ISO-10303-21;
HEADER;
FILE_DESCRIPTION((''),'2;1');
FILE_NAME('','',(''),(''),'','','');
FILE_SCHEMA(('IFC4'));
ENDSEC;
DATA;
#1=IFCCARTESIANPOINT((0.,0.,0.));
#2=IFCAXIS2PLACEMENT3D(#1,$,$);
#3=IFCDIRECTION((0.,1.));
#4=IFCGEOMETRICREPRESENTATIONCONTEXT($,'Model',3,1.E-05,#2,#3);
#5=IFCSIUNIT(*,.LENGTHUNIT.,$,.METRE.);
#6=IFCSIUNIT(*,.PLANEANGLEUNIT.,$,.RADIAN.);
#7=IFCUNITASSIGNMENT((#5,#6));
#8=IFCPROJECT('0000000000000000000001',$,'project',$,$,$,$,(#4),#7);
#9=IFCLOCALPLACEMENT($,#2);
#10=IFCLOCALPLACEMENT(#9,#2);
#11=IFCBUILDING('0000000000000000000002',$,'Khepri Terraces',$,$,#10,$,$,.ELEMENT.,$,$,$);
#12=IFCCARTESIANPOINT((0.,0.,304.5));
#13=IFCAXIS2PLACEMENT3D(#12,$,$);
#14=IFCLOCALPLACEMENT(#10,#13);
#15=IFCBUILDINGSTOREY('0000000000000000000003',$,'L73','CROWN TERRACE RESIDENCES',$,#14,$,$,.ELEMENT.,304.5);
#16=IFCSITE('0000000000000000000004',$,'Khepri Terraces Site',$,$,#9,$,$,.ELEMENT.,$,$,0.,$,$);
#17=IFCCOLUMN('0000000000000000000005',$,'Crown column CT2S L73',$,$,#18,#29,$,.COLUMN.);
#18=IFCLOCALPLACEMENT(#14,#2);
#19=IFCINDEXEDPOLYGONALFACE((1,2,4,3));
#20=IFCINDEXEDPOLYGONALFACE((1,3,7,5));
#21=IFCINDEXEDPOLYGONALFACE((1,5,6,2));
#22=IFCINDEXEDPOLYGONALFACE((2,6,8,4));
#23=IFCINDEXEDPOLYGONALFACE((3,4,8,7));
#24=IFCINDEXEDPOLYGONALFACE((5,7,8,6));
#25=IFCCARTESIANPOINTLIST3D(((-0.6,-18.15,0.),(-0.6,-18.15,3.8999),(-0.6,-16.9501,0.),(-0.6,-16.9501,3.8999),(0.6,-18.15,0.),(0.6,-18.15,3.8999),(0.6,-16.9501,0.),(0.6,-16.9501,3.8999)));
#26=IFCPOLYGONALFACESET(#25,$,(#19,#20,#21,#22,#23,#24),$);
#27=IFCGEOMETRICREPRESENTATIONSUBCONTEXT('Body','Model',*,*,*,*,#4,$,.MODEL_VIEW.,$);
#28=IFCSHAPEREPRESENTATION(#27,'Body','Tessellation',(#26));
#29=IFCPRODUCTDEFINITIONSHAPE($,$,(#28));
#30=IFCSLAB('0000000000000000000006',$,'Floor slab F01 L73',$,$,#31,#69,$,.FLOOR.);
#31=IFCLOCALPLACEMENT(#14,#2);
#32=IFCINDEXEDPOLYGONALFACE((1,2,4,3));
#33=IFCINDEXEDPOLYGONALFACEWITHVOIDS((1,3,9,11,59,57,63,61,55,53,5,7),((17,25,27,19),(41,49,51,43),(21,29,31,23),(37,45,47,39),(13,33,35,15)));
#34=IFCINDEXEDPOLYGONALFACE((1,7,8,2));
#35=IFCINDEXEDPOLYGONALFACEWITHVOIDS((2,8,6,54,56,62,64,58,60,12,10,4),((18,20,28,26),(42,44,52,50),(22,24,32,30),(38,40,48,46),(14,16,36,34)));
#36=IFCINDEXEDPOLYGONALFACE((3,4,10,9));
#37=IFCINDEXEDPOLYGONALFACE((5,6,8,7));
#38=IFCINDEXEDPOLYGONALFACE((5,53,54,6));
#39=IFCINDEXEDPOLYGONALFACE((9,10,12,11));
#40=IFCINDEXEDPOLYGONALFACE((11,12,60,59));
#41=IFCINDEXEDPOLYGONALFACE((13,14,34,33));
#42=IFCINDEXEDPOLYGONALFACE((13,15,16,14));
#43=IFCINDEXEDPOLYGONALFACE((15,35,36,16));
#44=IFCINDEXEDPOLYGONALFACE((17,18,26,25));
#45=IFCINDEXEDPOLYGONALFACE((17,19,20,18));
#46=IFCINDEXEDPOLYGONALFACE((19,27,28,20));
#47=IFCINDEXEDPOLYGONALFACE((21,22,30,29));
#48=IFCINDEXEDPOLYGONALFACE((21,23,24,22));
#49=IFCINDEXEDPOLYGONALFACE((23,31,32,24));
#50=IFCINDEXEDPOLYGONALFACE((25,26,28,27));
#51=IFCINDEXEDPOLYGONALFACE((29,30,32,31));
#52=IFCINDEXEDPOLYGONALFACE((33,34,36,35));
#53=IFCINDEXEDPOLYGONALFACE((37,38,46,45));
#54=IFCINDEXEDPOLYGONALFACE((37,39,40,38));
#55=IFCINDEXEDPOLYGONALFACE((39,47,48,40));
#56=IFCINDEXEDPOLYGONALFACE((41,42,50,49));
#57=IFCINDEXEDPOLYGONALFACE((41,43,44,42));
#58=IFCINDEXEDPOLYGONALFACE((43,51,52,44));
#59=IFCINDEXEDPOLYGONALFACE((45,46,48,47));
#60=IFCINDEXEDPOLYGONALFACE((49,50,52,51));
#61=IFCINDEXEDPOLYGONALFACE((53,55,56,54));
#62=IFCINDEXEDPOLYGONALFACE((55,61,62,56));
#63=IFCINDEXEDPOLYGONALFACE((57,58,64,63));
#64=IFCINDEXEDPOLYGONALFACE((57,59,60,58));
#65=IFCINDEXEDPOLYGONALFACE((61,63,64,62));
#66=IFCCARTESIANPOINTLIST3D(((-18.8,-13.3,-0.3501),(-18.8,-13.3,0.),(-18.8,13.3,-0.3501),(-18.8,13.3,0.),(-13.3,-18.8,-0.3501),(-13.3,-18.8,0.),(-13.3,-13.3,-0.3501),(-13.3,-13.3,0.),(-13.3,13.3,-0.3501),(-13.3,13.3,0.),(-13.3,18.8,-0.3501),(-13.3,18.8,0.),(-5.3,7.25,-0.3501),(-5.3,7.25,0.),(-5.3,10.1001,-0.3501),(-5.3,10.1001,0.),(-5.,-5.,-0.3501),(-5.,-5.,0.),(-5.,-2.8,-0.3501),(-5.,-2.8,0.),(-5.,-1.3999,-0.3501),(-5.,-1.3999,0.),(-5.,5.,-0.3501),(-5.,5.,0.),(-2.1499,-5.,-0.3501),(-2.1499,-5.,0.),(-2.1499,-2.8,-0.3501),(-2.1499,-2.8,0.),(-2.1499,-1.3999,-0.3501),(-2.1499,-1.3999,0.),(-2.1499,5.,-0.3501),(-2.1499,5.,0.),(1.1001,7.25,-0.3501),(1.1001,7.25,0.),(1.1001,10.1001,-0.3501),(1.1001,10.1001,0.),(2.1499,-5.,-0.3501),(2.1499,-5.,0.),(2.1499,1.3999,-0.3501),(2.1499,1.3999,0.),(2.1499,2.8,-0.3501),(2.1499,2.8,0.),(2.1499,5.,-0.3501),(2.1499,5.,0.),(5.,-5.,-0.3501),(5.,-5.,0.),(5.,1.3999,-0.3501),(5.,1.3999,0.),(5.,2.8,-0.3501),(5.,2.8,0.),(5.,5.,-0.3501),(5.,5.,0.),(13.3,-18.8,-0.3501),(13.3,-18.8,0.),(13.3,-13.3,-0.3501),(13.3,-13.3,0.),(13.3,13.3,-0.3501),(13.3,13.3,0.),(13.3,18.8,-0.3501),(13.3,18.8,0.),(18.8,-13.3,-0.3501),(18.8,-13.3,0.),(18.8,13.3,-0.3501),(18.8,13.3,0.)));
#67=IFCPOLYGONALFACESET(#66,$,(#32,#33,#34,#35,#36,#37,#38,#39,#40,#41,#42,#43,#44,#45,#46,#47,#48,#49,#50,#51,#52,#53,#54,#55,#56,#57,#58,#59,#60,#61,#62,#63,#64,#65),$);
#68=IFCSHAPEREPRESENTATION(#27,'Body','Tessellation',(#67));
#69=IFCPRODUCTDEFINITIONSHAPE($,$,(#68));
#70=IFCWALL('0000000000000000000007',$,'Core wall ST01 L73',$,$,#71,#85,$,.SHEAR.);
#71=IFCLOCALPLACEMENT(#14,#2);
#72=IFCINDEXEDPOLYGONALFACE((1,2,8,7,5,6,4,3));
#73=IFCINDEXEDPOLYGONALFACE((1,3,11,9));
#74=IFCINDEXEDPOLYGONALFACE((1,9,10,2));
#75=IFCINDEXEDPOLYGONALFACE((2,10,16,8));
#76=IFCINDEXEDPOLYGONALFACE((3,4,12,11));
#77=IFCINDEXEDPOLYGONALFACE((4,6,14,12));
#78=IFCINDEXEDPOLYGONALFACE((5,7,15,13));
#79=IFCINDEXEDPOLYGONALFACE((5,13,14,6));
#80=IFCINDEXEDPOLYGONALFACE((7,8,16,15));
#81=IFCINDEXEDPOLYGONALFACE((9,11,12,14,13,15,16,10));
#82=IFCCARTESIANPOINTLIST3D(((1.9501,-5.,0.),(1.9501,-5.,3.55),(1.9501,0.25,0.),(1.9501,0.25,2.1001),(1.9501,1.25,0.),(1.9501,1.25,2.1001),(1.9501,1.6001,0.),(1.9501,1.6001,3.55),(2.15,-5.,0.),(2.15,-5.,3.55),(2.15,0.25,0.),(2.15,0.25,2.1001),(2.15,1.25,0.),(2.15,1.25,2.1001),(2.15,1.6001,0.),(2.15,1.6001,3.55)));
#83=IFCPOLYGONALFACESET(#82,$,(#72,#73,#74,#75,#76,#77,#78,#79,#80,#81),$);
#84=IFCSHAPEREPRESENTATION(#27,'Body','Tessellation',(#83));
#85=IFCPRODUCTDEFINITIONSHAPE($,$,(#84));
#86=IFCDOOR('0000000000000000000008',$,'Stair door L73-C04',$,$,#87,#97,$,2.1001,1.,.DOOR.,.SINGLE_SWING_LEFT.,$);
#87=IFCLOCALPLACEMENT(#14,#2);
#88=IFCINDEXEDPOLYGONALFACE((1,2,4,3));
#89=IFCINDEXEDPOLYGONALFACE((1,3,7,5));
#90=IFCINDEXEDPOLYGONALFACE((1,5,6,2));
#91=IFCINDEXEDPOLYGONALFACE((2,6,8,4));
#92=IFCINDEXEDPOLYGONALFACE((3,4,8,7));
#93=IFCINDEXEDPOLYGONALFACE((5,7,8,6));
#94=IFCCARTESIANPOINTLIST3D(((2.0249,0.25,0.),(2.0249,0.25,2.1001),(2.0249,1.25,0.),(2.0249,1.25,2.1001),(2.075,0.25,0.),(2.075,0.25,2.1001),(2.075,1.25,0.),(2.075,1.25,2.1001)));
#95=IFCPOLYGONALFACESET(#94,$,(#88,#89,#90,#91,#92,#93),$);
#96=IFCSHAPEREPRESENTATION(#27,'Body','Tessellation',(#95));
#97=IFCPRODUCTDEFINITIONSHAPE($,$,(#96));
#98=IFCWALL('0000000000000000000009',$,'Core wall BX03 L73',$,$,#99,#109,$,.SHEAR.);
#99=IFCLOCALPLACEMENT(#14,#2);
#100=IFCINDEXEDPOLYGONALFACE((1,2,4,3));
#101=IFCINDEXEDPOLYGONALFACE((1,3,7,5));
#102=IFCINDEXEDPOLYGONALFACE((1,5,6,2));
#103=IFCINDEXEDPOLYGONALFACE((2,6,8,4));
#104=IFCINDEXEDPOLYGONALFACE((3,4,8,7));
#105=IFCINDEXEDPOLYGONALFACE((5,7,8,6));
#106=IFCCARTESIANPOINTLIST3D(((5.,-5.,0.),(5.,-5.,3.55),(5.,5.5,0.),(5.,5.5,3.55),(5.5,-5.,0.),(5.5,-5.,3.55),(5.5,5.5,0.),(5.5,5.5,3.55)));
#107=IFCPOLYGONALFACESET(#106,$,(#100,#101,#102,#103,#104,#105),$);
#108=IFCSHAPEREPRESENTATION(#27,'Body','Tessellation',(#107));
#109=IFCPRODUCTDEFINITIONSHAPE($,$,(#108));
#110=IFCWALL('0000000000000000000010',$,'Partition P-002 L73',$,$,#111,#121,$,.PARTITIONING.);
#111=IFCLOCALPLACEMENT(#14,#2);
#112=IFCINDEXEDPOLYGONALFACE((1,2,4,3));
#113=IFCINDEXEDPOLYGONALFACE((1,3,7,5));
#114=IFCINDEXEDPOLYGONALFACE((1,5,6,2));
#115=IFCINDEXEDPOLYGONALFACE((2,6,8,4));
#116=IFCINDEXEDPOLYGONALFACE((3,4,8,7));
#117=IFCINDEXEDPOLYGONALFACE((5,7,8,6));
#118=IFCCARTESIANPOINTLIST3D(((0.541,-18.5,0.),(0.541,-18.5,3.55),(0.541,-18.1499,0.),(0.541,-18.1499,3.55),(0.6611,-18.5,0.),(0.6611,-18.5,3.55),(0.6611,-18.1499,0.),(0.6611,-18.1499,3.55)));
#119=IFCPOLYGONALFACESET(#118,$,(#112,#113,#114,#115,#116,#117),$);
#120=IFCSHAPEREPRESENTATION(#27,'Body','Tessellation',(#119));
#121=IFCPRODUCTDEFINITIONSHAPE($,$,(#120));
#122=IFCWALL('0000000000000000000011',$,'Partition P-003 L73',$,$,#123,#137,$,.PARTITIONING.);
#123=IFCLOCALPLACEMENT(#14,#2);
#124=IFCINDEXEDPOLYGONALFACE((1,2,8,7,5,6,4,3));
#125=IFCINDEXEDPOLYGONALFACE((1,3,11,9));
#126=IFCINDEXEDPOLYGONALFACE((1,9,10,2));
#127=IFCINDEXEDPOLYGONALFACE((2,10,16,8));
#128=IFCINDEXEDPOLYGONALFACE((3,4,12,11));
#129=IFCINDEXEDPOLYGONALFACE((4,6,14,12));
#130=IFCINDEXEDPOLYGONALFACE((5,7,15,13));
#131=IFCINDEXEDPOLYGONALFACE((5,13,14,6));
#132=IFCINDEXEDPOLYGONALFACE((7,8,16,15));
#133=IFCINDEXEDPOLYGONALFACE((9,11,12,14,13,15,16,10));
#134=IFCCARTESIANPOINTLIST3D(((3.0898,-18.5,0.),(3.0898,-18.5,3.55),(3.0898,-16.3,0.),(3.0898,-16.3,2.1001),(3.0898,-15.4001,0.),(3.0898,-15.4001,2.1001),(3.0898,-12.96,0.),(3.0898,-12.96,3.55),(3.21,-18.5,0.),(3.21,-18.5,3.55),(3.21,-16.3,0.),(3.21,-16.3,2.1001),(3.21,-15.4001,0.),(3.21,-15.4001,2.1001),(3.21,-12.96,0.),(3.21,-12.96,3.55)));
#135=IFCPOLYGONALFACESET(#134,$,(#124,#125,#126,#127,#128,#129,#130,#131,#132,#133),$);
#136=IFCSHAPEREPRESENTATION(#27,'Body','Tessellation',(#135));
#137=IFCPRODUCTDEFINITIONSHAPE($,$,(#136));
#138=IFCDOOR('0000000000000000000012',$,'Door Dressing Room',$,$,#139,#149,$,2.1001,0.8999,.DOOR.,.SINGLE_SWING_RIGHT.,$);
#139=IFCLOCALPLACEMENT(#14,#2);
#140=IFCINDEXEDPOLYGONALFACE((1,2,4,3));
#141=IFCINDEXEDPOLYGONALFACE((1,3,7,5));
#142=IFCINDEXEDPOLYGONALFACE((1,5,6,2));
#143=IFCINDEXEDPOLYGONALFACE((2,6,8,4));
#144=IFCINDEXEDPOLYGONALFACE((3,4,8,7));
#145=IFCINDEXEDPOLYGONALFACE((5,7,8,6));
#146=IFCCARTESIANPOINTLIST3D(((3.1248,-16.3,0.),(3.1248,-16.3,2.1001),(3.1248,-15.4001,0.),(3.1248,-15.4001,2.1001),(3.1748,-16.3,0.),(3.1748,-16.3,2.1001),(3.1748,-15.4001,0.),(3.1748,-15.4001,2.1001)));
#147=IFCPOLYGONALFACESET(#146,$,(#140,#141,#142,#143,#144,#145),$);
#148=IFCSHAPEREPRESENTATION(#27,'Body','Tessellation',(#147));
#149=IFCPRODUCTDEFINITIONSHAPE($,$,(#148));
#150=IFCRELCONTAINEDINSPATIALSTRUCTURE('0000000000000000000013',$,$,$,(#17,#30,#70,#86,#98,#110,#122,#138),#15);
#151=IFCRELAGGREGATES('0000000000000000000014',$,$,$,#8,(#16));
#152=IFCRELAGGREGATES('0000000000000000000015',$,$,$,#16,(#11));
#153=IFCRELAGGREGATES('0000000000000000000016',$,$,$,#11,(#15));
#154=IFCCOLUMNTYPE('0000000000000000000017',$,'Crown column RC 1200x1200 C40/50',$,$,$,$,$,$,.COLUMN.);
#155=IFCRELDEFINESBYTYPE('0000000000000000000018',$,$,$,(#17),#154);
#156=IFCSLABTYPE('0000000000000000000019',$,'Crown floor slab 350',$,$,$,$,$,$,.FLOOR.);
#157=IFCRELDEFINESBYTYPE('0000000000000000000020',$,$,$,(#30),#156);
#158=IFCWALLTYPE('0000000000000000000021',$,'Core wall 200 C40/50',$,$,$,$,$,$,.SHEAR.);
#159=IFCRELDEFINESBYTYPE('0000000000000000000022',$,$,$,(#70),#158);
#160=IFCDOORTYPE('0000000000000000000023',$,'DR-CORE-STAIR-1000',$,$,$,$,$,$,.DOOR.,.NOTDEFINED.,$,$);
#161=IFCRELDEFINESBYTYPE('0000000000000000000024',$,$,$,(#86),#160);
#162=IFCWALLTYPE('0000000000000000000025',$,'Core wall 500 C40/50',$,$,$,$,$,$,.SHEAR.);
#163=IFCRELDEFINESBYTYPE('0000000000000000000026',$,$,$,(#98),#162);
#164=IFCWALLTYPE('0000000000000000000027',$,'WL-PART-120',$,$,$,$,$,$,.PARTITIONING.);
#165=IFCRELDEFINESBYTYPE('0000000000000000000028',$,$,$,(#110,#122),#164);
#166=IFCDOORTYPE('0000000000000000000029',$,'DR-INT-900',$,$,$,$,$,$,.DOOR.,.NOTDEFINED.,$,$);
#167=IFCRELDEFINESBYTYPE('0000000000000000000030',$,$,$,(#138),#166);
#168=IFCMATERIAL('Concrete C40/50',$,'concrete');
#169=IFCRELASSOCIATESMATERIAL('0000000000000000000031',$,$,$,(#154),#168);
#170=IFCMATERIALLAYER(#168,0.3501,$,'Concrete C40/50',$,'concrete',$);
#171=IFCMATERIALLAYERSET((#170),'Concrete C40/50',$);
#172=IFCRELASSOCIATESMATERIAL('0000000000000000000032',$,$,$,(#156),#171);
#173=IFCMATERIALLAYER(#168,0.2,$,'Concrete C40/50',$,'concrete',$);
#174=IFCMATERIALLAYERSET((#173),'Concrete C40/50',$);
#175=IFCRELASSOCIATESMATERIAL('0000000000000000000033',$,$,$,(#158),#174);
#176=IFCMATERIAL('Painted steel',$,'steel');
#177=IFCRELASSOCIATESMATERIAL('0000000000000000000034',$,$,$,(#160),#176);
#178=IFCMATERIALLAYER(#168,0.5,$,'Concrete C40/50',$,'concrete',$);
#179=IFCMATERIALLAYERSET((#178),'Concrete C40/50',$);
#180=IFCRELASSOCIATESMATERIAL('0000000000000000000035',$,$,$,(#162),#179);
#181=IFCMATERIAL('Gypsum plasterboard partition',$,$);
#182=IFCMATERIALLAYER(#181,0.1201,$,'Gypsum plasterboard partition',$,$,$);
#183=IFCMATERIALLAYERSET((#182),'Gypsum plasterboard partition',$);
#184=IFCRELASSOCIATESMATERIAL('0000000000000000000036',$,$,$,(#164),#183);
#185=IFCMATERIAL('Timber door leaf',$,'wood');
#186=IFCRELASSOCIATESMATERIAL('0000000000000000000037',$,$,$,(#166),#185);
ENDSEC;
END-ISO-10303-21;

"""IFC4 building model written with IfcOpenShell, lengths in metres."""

from ifc_helpers import new_model, si_unit, direction, frame, frame_2d, origin, origin_2d, place, context, subcontext, project, spatial, polyline, rectangle, outline, extrude, material, layer, layer_set, material_profile, profile_set, type_object, element, fill, save


model = new_model("IFC4")

# Units and contexts
model_context = context("Model", 3, precision=1e-05, world=origin(), true_north=direction((0.0, 1.0)))
body_context = subcontext(model_context, "Body", "Model", "MODEL_VIEW")
ifc_project = project(units=[si_unit("LENGTHUNIT", "METRE"), si_unit("PLANEANGLEUNIT", "RADIAN")], contexts=[model_context])

# Site, building, storey
site_placement = place(None, origin())
site = spatial("IfcSite", under=ifc_project, at=site_placement, Name="Khepri Terraces Site", CompositionType="ELEMENT", RefElevation=0.0)
building_placement = place(site_placement, origin())
building = spatial("IfcBuilding", under=site, at=building_placement, Name="Khepri Terraces", CompositionType="ELEMENT")
storey_placement = place(building_placement, frame((0.0, 0.0, 304.5)))
storey = spatial("IfcBuildingStorey", under=building, at=storey_placement, Name="L73", Description="CROWN TERRACE RESIDENCES", CompositionType="ELEMENT", Elevation=304.5)

# Column
ifc_material_1 = material(Name="Concrete C40/50", Category="concrete")
ifc_material_profile = material_profile(ifc_material_1, rectangle(XDim=1.2, YDim=1.2, at=origin_2d()), Name="Concrete C40/50", Category="concrete")
ifc_profile_set = profile_set([ifc_material_profile], Name="Concrete C40/50")
column_type = type_object("IfcColumnType", Name="Crown column RC 1200x1200 C40/50", PredefinedType="COLUMN", material=ifc_profile_set)
column_placement = place(storey_placement, frame((0.0, -17.55, 0.0), z_axis=(0.0, 0.0, 1.0), x_axis=(1.0, 0.0, 0.0)))
element("IfcColumn", 1, at=column_placement, inside=storey, type_object=column_type, Name="Crown column CT2S L73", PredefinedType="COLUMN", context=body_context, shape_type="SweptSolid", body=[
    extrude(rectangle(XDim=1.2, YDim=1.2, at=origin_2d()), origin(), (0.0, 0.0, 1.0), 3.8999),
])

# Slab
ifc_layer_1 = layer(ifc_material_1, 0.3501, Name="Concrete C40/50", Category="concrete")
ifc_layer_set_1 = layer_set([ifc_layer_1], Name="Concrete C40/50")
slab_type = type_object("IfcSlabType", Name="Crown floor slab 350", PredefinedType="FLOOR", material=ifc_layer_set_1)
slab_placement = place(storey_placement, frame((0.0, 0.0, -0.3501)))
element("IfcSlab", 2, at=slab_placement, inside=storey, type_object=slab_type, Name="Floor slab F01 L73", PredefinedType="FLOOR", context=body_context, shape_type="SweptSolid", body=[
    extrude(outline(polyline([(-18.8, -13.3), (-18.8, 13.3), (-13.3, 13.3), (-13.3, 18.8), (13.3, 18.8), (13.3, 13.3), (18.8, 13.3), (18.8, -13.3), (13.3, -13.3), (13.3, -18.8), (-13.3, -18.8), (-13.3, -13.3), (-18.8, -13.3)]), holes=[polyline([(5.0, 5.0), (2.1499, 5.0), (2.1499, 2.8), (5.0, 2.8), (5.0, 5.0)]), polyline([(-2.1499, -5.0), (-2.1499, -2.8), (-5.0, -2.8), (-5.0, -5.0), (-2.1499, -5.0)]), polyline([(-5.0, -1.3999), (-2.1499, -1.3999), (-2.1499, 5.0), (-5.0, 5.0), (-5.0, -1.3999)]), polyline([(5.0, -5.0), (5.0, 1.3999), (2.1499, 1.3999), (2.1499, -5.0), (5.0, -5.0)]), polyline([(-5.3, 10.1001), (-5.3, 7.25), (1.1001, 7.25), (1.1001, 10.1001), (-5.3, 10.1001)])]), origin(), (0.0, 0.0, 1.0), 0.3501),
])

# Wall, opening, door
ifc_layer_2 = layer(ifc_material_1, 0.2, Name="Concrete C40/50", Category="concrete")
ifc_layer_set_2 = layer_set([ifc_layer_2], Name="Concrete C40/50")
wall_type_1 = type_object("IfcWallType", Name="Core wall 200 C40/50", PredefinedType="SHEAR", material=ifc_layer_set_2)
wall_1_placement = place(storey_placement, frame((2.05, -5.0, 0.0), z_axis=(0.0, 0.0, 1.0), x_axis=(0.0, 1.0, 0.0)))
wall_1 = element("IfcWall", 3, at=wall_1_placement, inside=storey, type_object=wall_type_1, Name="Core wall ST01 L73", PredefinedType="SHEAR", context=body_context, shape_type="SweptSolid", body=[
    extrude(rectangle(XDim=6.6001, YDim=0.2, at=frame_2d((3.3, 0.0))), origin(), (0.0, 0.0, 1.0), 3.55),
])
opening_1_placement = place(wall_1_placement, frame((5.25, 0.0, 0.0)))
opening_1 = element("IfcOpeningElement", 4, at=opening_1_placement, cuts=wall_1, PredefinedType="OPENING", context=body_context, shape_type="SweptSolid", body=[
    extrude(rectangle(XDim=1.0, YDim=2.1001, at=frame_2d((0.5, 1.05))), frame((0.0, 0.1099, 0.0), z_axis=(0.0, -1.0, 0.0), x_axis=(1.0, 0.0, 0.0)), (0.0, 0.0, 1.0), 0.22),
])
ifc_material_2 = material(Name="Painted steel", Category="steel")
door_type_1 = type_object("IfcDoorType", Name="DR-CORE-STAIR-1000", OperationType="NOTDEFINED", PredefinedType="DOOR", material=ifc_material_2)
door_1_placement = place(opening_1_placement, frame((1.0, 0.0, 0.0), z_axis=(0.0, 0.0, 1.0), x_axis=(-1.0, 0.0, 0.0)))
door_1 = element("IfcDoor", 5, at=door_1_placement, inside=storey, type_object=door_type_1, Name="Stair door L73-C04", OperationType="SINGLE_SWING_LEFT", OverallHeight=2.1001, OverallWidth=1.0, PredefinedType="DOOR", context=body_context, shape_type="SweptSolid", body=[
    extrude(rectangle(XDim=1.0, YDim=2.1001, at=frame_2d((0.5, 1.05))), frame((0.0, 0.0249, 0.0), z_axis=(0.0, -1.0, 0.0), x_axis=(1.0, 0.0, 0.0)), (0.0, 0.0, 1.0), 0.05),
])
fill(opening_1, door_1)

# Walls
ifc_layer_3 = layer(ifc_material_1, 0.5, Name="Concrete C40/50", Category="concrete")
ifc_layer_set_3 = layer_set([ifc_layer_3], Name="Concrete C40/50")
wall_type_2 = type_object("IfcWallType", Name="Core wall 500 C40/50", PredefinedType="SHEAR", material=ifc_layer_set_3)
wall_2_placement = place(storey_placement, frame((5.25, -5.0, 0.0), z_axis=(0.0, 0.0, 1.0), x_axis=(0.0, 1.0, 0.0)))
element("IfcWall", 6, at=wall_2_placement, inside=storey, type_object=wall_type_2, Name="Core wall BX03 L73", PredefinedType="SHEAR", context=body_context, shape_type="SweptSolid", body=[
    extrude(rectangle(XDim=10.5, YDim=0.5, at=frame_2d((5.25, 0.0))), origin(), (0.0, 0.0, 1.0), 3.55),
])
ifc_material_3 = material(Name="Gypsum plasterboard partition")
ifc_layer_4 = layer(ifc_material_3, 0.1201, Name="Gypsum plasterboard partition")
ifc_layer_set_4 = layer_set([ifc_layer_4], Name="Gypsum plasterboard partition")
wall_type_3 = type_object("IfcWallType", Name="WL-PART-120", PredefinedType="PARTITIONING", material=ifc_layer_set_4)
wall_3_placement = place(storey_placement, frame((0.6011, -18.5, 0.0), z_axis=(0.0, 0.0, 1.0), x_axis=(0.0, 1.0, 0.0)))
element("IfcWall", 7, at=wall_3_placement, inside=storey, type_object=wall_type_3, Name="Partition P-002 L73", PredefinedType="PARTITIONING", context=body_context, shape_type="SweptSolid", body=[
    extrude(rectangle(XDim=0.3501, YDim=0.1201, at=frame_2d((0.175, 0.0))), origin(), (0.0, 0.0, 1.0), 3.55),
])

# Wall, opening, door
wall_4_placement = place(storey_placement, frame((3.1499, -18.5, 0.0), z_axis=(0.0, 0.0, 1.0), x_axis=(0.0, 1.0, 0.0)))
wall_4 = element("IfcWall", 8, at=wall_4_placement, inside=storey, type_object=wall_type_3, Name="Partition P-003 L73", PredefinedType="PARTITIONING", context=body_context, shape_type="SweptSolid", body=[
    extrude(rectangle(XDim=5.54, YDim=0.1201, at=frame_2d((2.77, 0.0))), origin(), (0.0, 0.0, 1.0), 3.55),
])
opening_2_placement = place(wall_4_placement, frame((2.2, 0.0, 0.0)))
opening_2 = element("IfcOpeningElement", 9, at=opening_2_placement, cuts=wall_4, PredefinedType="OPENING", context=body_context, shape_type="SweptSolid", body=[
    extrude(rectangle(XDim=0.8999, YDim=2.1001, at=frame_2d((0.45, 1.05))), frame((0.0, 0.0701, 0.0), z_axis=(0.0, -1.0, 0.0), x_axis=(1.0, 0.0, 0.0)), (0.0, 0.0, 1.0), 0.1401),
])
ifc_material_4 = material(Name="Timber door leaf", Category="wood")
door_type_2 = type_object("IfcDoorType", Name="DR-INT-900", OperationType="NOTDEFINED", PredefinedType="DOOR", material=ifc_material_4)
door_2_placement = place(opening_2_placement, frame((0.8999, 0.0, 0.0), z_axis=(0.0, 0.0, 1.0), x_axis=(-1.0, 0.0, 0.0)))
door_2 = element("IfcDoor", 10, at=door_2_placement, inside=storey, type_object=door_type_2, Name="Door Dressing Room", OperationType="SINGLE_SWING_RIGHT", OverallHeight=2.1001, OverallWidth=0.8999, PredefinedType="DOOR", context=body_context, shape_type="SweptSolid", body=[
    extrude(rectangle(XDim=0.8999, YDim=2.1001, at=frame_2d((0.45, 1.05))), frame((0.0, 0.0249, 0.0), z_axis=(0.0, -1.0, 0.0), x_axis=(1.0, 0.0, 0.0)), (0.0, 0.0, 1.0), 0.05),
])
fill(opening_2, door_2)

save(model, "model.ifc")
